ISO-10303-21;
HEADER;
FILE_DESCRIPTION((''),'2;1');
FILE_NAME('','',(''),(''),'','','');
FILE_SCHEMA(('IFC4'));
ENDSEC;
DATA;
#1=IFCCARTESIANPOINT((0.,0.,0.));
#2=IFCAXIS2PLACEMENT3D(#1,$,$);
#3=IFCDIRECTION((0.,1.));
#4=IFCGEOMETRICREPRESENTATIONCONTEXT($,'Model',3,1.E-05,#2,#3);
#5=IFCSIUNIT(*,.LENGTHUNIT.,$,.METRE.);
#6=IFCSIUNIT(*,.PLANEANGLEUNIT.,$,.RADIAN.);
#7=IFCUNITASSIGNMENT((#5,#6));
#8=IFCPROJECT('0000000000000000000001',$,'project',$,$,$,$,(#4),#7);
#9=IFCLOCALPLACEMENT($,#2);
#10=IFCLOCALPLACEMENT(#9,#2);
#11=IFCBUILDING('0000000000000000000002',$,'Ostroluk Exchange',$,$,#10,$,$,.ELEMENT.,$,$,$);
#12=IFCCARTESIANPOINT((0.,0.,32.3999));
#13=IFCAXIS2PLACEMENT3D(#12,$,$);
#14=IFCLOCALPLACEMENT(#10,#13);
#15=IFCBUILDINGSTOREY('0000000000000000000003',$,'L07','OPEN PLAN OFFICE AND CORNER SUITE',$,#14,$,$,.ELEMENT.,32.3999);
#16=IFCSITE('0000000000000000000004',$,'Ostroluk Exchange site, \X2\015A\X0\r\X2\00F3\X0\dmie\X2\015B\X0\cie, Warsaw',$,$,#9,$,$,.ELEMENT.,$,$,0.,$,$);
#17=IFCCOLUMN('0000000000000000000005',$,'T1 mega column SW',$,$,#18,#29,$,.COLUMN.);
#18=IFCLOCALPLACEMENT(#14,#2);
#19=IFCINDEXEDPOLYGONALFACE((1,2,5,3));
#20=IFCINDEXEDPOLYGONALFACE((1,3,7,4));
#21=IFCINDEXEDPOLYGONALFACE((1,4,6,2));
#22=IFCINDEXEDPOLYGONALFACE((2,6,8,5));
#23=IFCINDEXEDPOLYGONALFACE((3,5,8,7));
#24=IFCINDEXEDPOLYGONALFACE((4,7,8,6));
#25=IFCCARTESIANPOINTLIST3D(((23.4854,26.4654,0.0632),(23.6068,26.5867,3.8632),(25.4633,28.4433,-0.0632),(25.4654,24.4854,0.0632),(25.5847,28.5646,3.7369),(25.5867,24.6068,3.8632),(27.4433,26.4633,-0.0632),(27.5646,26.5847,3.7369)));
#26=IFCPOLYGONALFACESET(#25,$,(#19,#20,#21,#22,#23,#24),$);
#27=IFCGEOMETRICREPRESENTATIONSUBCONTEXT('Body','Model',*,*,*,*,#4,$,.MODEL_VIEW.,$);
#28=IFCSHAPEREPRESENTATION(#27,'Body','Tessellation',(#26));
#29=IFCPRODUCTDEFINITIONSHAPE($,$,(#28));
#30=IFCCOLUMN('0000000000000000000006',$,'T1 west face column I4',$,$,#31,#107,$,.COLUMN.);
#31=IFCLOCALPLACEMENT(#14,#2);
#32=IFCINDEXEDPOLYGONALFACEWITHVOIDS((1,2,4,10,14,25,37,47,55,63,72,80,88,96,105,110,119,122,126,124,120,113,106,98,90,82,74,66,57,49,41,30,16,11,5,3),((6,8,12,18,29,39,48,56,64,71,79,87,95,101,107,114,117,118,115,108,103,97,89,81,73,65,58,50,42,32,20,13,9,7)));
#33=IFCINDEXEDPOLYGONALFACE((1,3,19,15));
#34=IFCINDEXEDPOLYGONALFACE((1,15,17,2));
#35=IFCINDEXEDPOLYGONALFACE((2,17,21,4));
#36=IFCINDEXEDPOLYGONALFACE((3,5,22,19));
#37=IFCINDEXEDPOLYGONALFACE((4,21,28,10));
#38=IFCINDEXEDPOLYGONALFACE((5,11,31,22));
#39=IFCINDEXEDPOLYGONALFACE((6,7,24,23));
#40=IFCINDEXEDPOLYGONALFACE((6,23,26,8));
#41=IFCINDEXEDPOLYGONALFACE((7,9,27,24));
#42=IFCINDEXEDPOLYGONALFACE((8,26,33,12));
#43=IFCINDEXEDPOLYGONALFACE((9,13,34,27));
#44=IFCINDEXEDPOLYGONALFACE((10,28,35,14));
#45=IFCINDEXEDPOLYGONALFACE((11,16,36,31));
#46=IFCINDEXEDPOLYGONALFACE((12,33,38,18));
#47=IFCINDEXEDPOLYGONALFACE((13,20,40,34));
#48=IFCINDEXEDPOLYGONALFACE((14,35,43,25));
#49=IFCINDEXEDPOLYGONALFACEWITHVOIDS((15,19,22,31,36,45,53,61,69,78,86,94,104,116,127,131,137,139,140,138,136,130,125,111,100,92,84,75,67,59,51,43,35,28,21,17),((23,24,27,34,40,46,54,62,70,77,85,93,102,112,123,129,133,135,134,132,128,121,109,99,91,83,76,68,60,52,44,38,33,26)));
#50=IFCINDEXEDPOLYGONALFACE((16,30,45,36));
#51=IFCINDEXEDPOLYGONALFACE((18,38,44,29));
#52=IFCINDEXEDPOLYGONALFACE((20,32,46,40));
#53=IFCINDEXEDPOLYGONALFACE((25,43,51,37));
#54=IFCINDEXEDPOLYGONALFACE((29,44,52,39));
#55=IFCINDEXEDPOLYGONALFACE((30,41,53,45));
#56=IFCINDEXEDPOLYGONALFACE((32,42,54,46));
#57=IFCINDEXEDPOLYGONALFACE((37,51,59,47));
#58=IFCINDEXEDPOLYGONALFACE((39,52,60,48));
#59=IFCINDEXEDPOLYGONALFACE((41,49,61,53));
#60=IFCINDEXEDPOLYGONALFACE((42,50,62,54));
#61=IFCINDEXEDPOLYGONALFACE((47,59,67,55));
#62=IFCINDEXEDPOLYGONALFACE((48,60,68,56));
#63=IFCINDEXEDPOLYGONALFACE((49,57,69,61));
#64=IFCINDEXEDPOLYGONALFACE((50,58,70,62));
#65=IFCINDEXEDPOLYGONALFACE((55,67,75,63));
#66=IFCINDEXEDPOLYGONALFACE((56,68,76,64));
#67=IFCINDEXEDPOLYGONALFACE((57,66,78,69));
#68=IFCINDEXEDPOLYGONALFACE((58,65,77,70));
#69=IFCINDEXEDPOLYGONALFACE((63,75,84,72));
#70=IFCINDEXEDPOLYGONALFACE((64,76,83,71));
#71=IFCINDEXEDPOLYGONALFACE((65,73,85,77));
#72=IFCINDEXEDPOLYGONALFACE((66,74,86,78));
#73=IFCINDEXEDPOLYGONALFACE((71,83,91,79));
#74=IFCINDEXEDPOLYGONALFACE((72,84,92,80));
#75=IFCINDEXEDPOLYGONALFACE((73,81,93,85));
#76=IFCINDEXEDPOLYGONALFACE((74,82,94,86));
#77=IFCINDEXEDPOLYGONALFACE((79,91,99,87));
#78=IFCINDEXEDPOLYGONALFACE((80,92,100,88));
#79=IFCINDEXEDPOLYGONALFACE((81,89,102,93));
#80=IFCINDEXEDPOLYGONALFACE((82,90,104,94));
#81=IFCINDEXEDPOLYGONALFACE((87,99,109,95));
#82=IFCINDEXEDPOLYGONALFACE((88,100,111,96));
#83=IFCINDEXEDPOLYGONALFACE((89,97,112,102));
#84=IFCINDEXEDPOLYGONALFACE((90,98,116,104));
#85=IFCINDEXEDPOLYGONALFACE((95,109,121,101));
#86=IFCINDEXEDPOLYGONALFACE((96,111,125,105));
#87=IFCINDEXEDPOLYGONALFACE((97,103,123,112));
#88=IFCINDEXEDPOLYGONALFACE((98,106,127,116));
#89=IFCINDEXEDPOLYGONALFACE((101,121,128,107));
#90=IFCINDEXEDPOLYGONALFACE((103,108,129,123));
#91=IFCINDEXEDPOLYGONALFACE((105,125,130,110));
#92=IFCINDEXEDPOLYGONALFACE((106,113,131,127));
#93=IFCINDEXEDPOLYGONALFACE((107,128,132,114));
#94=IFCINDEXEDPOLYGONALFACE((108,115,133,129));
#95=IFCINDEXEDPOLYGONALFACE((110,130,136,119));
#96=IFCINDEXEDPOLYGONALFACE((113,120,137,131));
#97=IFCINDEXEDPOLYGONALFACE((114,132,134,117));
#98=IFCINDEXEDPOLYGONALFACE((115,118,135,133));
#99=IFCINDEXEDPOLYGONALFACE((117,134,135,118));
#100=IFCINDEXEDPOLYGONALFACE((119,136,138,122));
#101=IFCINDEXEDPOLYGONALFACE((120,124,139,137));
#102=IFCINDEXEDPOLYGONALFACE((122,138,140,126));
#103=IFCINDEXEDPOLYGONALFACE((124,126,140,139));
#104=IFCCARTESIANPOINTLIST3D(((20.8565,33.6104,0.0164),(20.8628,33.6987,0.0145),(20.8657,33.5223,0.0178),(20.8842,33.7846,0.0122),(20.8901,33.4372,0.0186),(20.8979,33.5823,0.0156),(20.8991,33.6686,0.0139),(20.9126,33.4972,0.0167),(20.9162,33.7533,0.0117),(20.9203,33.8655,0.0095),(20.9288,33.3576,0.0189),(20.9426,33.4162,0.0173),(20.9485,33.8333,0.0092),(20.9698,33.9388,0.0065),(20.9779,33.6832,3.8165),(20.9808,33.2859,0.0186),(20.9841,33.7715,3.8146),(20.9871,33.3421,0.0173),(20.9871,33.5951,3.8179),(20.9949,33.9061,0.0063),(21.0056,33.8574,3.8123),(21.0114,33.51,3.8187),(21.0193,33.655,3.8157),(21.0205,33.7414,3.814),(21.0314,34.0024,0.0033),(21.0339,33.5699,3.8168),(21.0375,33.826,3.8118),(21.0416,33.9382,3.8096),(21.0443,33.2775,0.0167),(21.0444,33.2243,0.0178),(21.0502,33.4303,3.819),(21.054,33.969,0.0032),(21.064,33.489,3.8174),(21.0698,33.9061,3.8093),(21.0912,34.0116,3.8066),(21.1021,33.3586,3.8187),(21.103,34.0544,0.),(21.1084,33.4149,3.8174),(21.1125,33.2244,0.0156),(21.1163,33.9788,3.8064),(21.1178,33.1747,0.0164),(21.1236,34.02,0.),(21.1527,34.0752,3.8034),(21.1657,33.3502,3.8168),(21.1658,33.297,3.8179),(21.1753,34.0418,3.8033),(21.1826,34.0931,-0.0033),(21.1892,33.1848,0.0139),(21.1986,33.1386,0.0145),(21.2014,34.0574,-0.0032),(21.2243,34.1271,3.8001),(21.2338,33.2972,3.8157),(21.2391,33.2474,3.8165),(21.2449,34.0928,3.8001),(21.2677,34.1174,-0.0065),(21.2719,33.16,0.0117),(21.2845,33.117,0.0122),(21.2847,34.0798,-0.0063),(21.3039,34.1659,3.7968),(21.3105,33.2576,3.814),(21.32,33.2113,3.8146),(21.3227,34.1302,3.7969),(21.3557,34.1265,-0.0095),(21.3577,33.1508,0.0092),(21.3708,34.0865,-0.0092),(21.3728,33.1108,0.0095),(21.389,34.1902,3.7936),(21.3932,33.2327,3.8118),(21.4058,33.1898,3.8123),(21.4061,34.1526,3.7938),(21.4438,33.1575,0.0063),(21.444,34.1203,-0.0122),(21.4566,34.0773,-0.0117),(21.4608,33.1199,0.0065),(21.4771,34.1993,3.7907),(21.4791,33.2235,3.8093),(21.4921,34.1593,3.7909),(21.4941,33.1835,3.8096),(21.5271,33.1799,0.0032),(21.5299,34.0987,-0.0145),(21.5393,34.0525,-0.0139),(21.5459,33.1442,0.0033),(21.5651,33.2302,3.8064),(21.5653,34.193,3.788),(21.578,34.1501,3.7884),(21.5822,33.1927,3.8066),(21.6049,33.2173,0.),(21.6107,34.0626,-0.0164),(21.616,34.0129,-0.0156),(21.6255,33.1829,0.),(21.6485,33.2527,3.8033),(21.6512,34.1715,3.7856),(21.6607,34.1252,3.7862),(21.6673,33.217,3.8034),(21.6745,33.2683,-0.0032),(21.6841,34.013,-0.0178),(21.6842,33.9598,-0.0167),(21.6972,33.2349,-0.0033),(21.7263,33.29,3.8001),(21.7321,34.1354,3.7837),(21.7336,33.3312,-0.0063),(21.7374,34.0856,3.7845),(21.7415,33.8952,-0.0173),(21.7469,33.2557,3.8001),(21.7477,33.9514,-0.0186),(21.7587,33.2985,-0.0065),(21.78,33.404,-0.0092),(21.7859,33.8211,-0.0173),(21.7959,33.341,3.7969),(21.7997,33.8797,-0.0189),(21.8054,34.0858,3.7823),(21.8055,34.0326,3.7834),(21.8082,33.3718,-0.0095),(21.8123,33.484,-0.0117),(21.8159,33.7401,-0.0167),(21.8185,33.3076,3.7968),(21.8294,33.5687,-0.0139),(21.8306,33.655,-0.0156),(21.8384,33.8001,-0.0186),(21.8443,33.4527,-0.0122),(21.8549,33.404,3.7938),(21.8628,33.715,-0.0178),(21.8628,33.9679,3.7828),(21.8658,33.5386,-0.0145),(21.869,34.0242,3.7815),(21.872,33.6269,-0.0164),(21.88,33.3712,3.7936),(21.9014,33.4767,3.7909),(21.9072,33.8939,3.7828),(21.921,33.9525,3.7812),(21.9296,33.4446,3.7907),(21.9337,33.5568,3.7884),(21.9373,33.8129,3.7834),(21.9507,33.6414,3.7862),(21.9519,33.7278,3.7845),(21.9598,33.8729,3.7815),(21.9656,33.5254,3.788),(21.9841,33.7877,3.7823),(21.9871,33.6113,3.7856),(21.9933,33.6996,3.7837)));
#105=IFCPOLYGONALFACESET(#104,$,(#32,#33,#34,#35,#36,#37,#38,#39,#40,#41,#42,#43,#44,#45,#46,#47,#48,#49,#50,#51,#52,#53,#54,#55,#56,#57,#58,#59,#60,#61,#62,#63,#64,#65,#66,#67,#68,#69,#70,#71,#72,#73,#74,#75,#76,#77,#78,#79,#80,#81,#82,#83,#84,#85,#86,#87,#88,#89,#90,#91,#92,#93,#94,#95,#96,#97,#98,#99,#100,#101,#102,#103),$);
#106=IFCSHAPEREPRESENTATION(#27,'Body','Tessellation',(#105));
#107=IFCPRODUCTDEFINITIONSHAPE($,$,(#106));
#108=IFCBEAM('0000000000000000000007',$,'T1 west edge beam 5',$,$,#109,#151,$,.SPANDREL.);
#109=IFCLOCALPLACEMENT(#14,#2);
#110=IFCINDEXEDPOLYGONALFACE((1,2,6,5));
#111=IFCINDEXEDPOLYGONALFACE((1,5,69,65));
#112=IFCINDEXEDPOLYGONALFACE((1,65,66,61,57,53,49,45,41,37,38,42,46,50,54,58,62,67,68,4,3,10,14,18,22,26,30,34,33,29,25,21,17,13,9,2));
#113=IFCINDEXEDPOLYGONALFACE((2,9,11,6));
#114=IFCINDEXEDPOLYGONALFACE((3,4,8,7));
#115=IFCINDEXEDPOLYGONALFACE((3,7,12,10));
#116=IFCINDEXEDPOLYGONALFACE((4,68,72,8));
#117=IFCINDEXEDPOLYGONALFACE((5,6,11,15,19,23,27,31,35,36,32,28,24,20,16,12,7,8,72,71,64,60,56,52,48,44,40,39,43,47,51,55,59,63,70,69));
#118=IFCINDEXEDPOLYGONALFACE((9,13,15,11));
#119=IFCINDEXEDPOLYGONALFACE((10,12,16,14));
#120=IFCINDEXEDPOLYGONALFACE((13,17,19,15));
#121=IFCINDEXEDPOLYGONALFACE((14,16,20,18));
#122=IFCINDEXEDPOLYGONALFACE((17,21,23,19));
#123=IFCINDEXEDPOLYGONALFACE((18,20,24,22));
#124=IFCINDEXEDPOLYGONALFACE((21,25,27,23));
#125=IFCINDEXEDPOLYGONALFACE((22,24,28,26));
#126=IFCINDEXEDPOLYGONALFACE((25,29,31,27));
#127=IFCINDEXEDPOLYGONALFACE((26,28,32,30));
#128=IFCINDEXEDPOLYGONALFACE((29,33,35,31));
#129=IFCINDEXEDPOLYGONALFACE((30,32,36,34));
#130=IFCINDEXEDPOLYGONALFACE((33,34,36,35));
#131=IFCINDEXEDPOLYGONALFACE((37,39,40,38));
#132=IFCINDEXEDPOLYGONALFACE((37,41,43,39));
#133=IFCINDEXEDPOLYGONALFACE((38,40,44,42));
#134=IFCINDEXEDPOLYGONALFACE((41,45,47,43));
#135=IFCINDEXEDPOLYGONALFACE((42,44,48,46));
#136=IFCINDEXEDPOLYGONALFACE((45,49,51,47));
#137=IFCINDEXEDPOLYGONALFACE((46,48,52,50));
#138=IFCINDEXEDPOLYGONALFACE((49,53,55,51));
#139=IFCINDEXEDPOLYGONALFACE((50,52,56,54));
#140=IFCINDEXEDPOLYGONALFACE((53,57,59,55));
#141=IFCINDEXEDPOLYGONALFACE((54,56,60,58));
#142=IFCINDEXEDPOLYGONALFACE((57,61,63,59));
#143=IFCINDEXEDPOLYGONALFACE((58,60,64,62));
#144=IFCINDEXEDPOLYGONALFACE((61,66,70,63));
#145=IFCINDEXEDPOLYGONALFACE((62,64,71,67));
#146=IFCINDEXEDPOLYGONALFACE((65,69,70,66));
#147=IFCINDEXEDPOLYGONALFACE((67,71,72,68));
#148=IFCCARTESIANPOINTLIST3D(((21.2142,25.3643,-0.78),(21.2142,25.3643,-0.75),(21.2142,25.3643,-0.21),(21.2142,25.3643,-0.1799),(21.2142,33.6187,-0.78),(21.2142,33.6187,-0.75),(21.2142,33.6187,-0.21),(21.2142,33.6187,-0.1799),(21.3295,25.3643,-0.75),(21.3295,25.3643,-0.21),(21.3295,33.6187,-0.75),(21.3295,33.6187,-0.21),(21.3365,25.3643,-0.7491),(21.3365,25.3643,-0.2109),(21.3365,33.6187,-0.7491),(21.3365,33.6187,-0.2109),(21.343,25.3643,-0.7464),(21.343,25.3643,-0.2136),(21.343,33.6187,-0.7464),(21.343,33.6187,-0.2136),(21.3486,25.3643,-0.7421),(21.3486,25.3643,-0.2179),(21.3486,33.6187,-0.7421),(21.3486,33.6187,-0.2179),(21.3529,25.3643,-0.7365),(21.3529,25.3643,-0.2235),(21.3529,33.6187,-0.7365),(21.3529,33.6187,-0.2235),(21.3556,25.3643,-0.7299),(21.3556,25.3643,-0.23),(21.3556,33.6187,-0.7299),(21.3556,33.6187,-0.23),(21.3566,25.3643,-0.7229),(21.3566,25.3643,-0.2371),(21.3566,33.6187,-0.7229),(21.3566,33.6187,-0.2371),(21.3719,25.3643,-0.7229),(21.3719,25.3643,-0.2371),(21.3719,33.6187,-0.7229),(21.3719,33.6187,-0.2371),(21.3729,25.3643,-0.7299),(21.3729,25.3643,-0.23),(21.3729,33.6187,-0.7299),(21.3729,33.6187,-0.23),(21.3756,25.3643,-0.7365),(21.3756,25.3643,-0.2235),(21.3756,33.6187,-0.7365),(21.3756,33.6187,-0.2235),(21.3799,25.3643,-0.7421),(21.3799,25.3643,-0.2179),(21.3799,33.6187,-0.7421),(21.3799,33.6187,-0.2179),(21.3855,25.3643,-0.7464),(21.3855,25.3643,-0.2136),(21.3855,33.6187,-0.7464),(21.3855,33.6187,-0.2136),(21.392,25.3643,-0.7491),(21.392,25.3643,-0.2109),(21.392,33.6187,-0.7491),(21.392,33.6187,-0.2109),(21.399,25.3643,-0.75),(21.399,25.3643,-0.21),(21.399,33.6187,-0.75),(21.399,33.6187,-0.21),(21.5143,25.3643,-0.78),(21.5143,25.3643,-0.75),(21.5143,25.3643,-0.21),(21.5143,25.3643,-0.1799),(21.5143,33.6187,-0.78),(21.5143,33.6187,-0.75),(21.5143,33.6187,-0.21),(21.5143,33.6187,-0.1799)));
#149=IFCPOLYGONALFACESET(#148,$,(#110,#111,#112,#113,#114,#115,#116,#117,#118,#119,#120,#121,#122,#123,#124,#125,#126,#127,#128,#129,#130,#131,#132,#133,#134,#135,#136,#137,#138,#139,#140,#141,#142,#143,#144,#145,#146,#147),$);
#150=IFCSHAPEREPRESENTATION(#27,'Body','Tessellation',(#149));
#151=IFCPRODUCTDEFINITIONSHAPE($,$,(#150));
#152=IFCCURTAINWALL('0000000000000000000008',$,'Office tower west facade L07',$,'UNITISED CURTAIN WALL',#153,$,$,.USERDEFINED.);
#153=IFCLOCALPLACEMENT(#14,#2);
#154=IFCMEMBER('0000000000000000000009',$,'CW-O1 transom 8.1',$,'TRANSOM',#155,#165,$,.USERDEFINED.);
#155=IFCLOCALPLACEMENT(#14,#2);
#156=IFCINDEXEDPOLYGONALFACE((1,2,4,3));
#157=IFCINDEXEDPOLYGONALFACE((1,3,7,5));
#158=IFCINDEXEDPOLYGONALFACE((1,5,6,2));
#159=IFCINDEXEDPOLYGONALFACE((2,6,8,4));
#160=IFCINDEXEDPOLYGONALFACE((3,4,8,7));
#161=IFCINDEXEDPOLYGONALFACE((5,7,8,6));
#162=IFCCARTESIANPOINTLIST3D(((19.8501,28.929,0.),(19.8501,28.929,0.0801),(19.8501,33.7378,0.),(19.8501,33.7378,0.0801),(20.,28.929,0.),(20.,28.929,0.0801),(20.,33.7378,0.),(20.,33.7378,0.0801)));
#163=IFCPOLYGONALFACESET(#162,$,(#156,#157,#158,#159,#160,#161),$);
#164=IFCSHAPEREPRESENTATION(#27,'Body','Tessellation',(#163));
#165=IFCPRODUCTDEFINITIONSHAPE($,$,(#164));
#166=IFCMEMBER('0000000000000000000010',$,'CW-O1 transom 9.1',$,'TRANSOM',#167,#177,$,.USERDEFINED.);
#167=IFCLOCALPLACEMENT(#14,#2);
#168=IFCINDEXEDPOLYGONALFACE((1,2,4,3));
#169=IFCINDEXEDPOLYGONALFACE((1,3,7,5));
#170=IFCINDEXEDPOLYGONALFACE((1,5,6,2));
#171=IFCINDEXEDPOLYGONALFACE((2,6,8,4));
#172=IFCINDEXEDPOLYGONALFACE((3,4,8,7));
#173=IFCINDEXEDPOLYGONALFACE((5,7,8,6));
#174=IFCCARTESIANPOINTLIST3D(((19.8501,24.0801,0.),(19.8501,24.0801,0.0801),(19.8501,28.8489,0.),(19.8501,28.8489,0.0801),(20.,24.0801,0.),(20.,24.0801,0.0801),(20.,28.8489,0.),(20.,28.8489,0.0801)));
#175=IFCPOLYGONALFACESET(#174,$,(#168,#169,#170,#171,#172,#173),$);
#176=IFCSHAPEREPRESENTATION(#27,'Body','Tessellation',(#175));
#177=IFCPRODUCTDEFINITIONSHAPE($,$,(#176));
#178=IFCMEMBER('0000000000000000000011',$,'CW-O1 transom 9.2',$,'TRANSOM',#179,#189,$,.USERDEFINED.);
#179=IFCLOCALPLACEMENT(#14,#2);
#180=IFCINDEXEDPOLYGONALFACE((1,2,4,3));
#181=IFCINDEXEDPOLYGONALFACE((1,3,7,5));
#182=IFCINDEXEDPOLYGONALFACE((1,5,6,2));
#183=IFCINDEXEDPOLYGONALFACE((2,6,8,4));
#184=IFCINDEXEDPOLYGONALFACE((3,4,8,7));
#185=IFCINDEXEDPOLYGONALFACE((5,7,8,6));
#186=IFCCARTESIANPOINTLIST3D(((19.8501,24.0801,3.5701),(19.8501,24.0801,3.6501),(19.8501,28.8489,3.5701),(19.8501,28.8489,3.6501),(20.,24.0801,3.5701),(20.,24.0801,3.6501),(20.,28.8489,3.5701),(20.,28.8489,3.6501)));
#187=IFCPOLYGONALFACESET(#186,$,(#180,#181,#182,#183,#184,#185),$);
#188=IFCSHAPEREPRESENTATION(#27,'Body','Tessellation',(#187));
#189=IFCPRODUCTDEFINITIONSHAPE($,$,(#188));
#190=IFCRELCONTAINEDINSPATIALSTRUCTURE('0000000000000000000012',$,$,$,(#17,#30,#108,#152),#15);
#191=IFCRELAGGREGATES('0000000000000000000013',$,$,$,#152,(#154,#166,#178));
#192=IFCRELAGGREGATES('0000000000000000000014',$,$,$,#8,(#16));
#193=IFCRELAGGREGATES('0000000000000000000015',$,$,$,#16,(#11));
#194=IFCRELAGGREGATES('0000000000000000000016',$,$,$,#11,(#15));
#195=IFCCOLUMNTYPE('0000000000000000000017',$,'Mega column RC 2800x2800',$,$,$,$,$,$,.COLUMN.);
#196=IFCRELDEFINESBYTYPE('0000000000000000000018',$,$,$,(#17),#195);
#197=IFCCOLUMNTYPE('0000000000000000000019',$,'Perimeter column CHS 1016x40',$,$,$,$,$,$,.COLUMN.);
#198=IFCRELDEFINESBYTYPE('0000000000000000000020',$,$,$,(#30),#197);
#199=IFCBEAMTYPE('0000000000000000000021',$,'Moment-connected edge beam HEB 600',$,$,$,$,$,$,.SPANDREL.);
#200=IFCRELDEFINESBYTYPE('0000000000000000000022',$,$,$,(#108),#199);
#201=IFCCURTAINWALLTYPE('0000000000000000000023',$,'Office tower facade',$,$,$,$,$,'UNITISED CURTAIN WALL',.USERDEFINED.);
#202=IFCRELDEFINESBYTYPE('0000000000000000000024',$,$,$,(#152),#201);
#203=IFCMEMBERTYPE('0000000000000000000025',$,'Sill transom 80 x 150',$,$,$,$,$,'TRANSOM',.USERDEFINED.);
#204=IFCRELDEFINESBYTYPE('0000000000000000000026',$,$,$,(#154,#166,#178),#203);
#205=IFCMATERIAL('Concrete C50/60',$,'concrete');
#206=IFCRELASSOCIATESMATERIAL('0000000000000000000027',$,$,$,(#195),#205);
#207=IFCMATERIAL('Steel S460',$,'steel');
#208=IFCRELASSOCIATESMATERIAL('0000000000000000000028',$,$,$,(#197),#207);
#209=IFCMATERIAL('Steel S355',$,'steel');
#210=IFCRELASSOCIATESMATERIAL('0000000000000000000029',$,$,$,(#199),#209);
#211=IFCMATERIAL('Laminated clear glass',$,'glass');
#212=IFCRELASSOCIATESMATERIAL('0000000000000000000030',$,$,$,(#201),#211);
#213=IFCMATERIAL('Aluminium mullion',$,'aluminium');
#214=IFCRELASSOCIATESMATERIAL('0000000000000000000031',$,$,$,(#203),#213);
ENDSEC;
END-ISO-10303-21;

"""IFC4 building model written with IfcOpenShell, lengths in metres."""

from ifc_helpers import new_model, si_unit, direction, frame, origin, origin_2d, place, context, subcontext, project, spatial, rectangle, hollow_circle, i_section, extrude, material, material_profile, profile_set, type_object, element, aggregate, save


model = new_model("IFC4")

# Units and contexts
model_context = context("Model", 3, precision=1e-05, world=origin(), true_north=direction((0.0, 1.0)))
body_context = subcontext(model_context, "Body", "Model", "MODEL_VIEW")
ifc_project = project(units=[si_unit("LENGTHUNIT", "METRE"), si_unit("PLANEANGLEUNIT", "RADIAN")], contexts=[model_context])

# Site, building, storey
site_placement = place(None, origin())
site = spatial("IfcSite", under=ifc_project, at=site_placement, Name="Ostroluk Exchange site, Śródmieście, Warsaw", CompositionType="ELEMENT", RefElevation=0.0)
building_placement = place(site_placement, origin())
building = spatial("IfcBuilding", under=site, at=building_placement, Name="Ostroluk Exchange", CompositionType="ELEMENT")
storey_placement = place(building_placement, frame((0.0, 0.0, 32.3999)))
storey = spatial("IfcBuildingStorey", under=building, at=storey_placement, Name="L07", Description="OPEN PLAN OFFICE AND CORNER SUITE", CompositionType="ELEMENT", Elevation=32.3999)

# Columns
ifc_material_1 = material(Name="Concrete C50/60", Category="concrete")
ifc_material_profile_1 = material_profile(ifc_material_1, rectangle(XDim=2.8, YDim=2.8, at=origin_2d()), Name="RC 2800x2800")
ifc_profile_set_1 = profile_set([ifc_material_profile_1], Name="Concrete C50/60")
column_type_1 = type_object("IfcColumnType", Name="Mega column RC 2800x2800", PredefinedType="COLUMN", material=ifc_profile_set_1)
column_1_placement = place(storey_placement, frame((25.4644, 26.4644, 0.0), z_axis=(0.031898, 0.031898, 0.998982), x_axis=(-0.707107, 0.707107, 0.0)))
element("IfcColumn", 1, at=column_1_placement, inside=storey, type_object=column_type_1, Name="T1 mega column SW", PredefinedType="COLUMN", context=body_context, shape_type="SweptSolid", body=[
    extrude(rectangle(XDim=2.8, YDim=2.8, at=origin_2d()), origin(), (0.0, 0.0, 1.0), 3.804),
])
ifc_material_2 = material(Name="Steel S460", Category="steel")
ifc_material_profile_2 = material_profile(ifc_material_2, hollow_circle(Radius=0.5081, WallThickness=0.04, at=origin_2d()), Name="CHS 1016x40")
ifc_profile_set_2 = profile_set([ifc_material_profile_2], Name="Steel S460")
column_type_2 = type_object("IfcColumnType", Name="Perimeter column CHS 1016x40", PredefinedType="COLUMN", material=ifc_profile_set_2)
column_2_placement = place(storey_placement, frame((21.3643, 33.6187, 0.0), z_axis=(0.031909, 0.019132, 0.999308), x_axis=(-0.514242, 0.857645, 0.0)))
element("IfcColumn", 2, at=column_2_placement, inside=storey, type_object=column_type_2, Name="T1 west face column I4", PredefinedType="COLUMN", context=body_context, shape_type="SweptSolid", body=[
    extrude(hollow_circle(Radius=0.5081, WallThickness=0.04, at=origin_2d()), origin(), (0.0, 0.0, 1.0), 3.8027),
])

# Beam
ifc_material_3 = material(Name="Steel S355", Category="steel")
ifc_material_profile_3 = material_profile(ifc_material_3, i_section(OverallWidth=0.3, OverallDepth=0.6001, WebThickness=0.0154, FlangeThickness=0.03, FilletRadius=0.0271, at=origin_2d()), Name="HEB 600")
ifc_profile_set_3 = profile_set([ifc_material_profile_3], Name="Steel S355")
beam_type = type_object("IfcBeamType", Name="Moment-connected edge beam HEB 600", PredefinedType="SPANDREL", material=ifc_profile_set_3)
beam_placement = place(storey_placement, frame((21.3643, 33.6187, -0.48), z_axis=(0.0, -1.0, 0.0), x_axis=(1.0, 0.0, 0.0)))
element("IfcBeam", 3, at=beam_placement, inside=storey, type_object=beam_type, Name="T1 west edge beam 5", PredefinedType="SPANDREL", context=body_context, shape_type="SweptSolid", body=[
    extrude(i_section(OverallWidth=0.3, OverallDepth=0.6001, WebThickness=0.0154, FlangeThickness=0.03, FilletRadius=0.0271, at=origin_2d()), origin(), (0.0, 0.0, 1.0), 8.2544),
])

# Curtain wall, members
ifc_material_4 = material(Name="Laminated clear glass", Category="glass")
curtain_wall_type = type_object("IfcCurtainWallType", Name="Office tower facade", ElementType="UNITISED CURTAIN WALL", PredefinedType="USERDEFINED", material=ifc_material_4)
curtain_wall_placement = place(storey_placement, origin())
curtain_wall = element("IfcCurtainWall", 4, at=curtain_wall_placement, inside=storey, type_object=curtain_wall_type, Name="Office tower west facade L07", ObjectType="UNITISED CURTAIN WALL", PredefinedType="USERDEFINED")
ifc_material_5 = material(Name="Aluminium mullion", Category="aluminium")
ifc_material_profile_4 = material_profile(ifc_material_5, rectangle(XDim=0.1499, YDim=0.0801, at=origin_2d()), Name="Sill transom 80 x 150")
ifc_profile_set_4 = profile_set([ifc_material_profile_4], Name="Aluminium mullion")
member_type_1 = type_object("IfcMemberType", Name="Sill transom 80 x 150", ElementType="TRANSOM", PredefinedType="USERDEFINED", material=ifc_profile_set_4)
member_1_placement = place(storey_placement, frame((19.925, 33.7378, 0.04), z_axis=(0.0, -1.0, 0.0), x_axis=(1.0, 0.0, 0.0)))
member_1 = element("IfcMember", 5, at=member_1_placement, type_object=member_type_1, Name="CW-O1 transom 8.1", ObjectType="TRANSOM", PredefinedType="USERDEFINED", context=body_context, shape_type="SweptSolid", body=[
    extrude(rectangle(XDim=0.1499, YDim=0.0801, at=origin_2d()), origin(), (0.0, 0.0, 1.0), 4.8088),
])
member_2_placement = place(storey_placement, frame((19.925, 28.8489, 0.04), z_axis=(0.0, -1.0, 0.0), x_axis=(1.0, 0.0, 0.0)))
member_2 = element("IfcMember", 6, at=member_2_placement, type_object=member_type_1, Name="CW-O1 transom 9.1", ObjectType="TRANSOM", PredefinedType="USERDEFINED", context=body_context, shape_type="SweptSolid", body=[
    extrude(rectangle(XDim=0.1499, YDim=0.0801, at=origin_2d()), origin(), (0.0, 0.0, 1.0), 4.7688),
])
member_3_placement = place(storey_placement, frame((19.925, 28.8489, 3.6101), z_axis=(0.0, -1.0, 0.0), x_axis=(1.0, 0.0, 0.0)))
member_3 = element("IfcMember", 7, at=member_3_placement, type_object=member_type_1, Name="CW-O1 transom 9.2", ObjectType="TRANSOM", PredefinedType="USERDEFINED", context=body_context, shape_type="SweptSolid", body=[
    extrude(rectangle(XDim=0.1499, YDim=0.0801, at=origin_2d()), origin(), (0.0, 0.0, 1.0), 4.7688),
])
aggregate(curtain_wall, [member_1, member_2, member_3])

save(model, "model.ifc")
